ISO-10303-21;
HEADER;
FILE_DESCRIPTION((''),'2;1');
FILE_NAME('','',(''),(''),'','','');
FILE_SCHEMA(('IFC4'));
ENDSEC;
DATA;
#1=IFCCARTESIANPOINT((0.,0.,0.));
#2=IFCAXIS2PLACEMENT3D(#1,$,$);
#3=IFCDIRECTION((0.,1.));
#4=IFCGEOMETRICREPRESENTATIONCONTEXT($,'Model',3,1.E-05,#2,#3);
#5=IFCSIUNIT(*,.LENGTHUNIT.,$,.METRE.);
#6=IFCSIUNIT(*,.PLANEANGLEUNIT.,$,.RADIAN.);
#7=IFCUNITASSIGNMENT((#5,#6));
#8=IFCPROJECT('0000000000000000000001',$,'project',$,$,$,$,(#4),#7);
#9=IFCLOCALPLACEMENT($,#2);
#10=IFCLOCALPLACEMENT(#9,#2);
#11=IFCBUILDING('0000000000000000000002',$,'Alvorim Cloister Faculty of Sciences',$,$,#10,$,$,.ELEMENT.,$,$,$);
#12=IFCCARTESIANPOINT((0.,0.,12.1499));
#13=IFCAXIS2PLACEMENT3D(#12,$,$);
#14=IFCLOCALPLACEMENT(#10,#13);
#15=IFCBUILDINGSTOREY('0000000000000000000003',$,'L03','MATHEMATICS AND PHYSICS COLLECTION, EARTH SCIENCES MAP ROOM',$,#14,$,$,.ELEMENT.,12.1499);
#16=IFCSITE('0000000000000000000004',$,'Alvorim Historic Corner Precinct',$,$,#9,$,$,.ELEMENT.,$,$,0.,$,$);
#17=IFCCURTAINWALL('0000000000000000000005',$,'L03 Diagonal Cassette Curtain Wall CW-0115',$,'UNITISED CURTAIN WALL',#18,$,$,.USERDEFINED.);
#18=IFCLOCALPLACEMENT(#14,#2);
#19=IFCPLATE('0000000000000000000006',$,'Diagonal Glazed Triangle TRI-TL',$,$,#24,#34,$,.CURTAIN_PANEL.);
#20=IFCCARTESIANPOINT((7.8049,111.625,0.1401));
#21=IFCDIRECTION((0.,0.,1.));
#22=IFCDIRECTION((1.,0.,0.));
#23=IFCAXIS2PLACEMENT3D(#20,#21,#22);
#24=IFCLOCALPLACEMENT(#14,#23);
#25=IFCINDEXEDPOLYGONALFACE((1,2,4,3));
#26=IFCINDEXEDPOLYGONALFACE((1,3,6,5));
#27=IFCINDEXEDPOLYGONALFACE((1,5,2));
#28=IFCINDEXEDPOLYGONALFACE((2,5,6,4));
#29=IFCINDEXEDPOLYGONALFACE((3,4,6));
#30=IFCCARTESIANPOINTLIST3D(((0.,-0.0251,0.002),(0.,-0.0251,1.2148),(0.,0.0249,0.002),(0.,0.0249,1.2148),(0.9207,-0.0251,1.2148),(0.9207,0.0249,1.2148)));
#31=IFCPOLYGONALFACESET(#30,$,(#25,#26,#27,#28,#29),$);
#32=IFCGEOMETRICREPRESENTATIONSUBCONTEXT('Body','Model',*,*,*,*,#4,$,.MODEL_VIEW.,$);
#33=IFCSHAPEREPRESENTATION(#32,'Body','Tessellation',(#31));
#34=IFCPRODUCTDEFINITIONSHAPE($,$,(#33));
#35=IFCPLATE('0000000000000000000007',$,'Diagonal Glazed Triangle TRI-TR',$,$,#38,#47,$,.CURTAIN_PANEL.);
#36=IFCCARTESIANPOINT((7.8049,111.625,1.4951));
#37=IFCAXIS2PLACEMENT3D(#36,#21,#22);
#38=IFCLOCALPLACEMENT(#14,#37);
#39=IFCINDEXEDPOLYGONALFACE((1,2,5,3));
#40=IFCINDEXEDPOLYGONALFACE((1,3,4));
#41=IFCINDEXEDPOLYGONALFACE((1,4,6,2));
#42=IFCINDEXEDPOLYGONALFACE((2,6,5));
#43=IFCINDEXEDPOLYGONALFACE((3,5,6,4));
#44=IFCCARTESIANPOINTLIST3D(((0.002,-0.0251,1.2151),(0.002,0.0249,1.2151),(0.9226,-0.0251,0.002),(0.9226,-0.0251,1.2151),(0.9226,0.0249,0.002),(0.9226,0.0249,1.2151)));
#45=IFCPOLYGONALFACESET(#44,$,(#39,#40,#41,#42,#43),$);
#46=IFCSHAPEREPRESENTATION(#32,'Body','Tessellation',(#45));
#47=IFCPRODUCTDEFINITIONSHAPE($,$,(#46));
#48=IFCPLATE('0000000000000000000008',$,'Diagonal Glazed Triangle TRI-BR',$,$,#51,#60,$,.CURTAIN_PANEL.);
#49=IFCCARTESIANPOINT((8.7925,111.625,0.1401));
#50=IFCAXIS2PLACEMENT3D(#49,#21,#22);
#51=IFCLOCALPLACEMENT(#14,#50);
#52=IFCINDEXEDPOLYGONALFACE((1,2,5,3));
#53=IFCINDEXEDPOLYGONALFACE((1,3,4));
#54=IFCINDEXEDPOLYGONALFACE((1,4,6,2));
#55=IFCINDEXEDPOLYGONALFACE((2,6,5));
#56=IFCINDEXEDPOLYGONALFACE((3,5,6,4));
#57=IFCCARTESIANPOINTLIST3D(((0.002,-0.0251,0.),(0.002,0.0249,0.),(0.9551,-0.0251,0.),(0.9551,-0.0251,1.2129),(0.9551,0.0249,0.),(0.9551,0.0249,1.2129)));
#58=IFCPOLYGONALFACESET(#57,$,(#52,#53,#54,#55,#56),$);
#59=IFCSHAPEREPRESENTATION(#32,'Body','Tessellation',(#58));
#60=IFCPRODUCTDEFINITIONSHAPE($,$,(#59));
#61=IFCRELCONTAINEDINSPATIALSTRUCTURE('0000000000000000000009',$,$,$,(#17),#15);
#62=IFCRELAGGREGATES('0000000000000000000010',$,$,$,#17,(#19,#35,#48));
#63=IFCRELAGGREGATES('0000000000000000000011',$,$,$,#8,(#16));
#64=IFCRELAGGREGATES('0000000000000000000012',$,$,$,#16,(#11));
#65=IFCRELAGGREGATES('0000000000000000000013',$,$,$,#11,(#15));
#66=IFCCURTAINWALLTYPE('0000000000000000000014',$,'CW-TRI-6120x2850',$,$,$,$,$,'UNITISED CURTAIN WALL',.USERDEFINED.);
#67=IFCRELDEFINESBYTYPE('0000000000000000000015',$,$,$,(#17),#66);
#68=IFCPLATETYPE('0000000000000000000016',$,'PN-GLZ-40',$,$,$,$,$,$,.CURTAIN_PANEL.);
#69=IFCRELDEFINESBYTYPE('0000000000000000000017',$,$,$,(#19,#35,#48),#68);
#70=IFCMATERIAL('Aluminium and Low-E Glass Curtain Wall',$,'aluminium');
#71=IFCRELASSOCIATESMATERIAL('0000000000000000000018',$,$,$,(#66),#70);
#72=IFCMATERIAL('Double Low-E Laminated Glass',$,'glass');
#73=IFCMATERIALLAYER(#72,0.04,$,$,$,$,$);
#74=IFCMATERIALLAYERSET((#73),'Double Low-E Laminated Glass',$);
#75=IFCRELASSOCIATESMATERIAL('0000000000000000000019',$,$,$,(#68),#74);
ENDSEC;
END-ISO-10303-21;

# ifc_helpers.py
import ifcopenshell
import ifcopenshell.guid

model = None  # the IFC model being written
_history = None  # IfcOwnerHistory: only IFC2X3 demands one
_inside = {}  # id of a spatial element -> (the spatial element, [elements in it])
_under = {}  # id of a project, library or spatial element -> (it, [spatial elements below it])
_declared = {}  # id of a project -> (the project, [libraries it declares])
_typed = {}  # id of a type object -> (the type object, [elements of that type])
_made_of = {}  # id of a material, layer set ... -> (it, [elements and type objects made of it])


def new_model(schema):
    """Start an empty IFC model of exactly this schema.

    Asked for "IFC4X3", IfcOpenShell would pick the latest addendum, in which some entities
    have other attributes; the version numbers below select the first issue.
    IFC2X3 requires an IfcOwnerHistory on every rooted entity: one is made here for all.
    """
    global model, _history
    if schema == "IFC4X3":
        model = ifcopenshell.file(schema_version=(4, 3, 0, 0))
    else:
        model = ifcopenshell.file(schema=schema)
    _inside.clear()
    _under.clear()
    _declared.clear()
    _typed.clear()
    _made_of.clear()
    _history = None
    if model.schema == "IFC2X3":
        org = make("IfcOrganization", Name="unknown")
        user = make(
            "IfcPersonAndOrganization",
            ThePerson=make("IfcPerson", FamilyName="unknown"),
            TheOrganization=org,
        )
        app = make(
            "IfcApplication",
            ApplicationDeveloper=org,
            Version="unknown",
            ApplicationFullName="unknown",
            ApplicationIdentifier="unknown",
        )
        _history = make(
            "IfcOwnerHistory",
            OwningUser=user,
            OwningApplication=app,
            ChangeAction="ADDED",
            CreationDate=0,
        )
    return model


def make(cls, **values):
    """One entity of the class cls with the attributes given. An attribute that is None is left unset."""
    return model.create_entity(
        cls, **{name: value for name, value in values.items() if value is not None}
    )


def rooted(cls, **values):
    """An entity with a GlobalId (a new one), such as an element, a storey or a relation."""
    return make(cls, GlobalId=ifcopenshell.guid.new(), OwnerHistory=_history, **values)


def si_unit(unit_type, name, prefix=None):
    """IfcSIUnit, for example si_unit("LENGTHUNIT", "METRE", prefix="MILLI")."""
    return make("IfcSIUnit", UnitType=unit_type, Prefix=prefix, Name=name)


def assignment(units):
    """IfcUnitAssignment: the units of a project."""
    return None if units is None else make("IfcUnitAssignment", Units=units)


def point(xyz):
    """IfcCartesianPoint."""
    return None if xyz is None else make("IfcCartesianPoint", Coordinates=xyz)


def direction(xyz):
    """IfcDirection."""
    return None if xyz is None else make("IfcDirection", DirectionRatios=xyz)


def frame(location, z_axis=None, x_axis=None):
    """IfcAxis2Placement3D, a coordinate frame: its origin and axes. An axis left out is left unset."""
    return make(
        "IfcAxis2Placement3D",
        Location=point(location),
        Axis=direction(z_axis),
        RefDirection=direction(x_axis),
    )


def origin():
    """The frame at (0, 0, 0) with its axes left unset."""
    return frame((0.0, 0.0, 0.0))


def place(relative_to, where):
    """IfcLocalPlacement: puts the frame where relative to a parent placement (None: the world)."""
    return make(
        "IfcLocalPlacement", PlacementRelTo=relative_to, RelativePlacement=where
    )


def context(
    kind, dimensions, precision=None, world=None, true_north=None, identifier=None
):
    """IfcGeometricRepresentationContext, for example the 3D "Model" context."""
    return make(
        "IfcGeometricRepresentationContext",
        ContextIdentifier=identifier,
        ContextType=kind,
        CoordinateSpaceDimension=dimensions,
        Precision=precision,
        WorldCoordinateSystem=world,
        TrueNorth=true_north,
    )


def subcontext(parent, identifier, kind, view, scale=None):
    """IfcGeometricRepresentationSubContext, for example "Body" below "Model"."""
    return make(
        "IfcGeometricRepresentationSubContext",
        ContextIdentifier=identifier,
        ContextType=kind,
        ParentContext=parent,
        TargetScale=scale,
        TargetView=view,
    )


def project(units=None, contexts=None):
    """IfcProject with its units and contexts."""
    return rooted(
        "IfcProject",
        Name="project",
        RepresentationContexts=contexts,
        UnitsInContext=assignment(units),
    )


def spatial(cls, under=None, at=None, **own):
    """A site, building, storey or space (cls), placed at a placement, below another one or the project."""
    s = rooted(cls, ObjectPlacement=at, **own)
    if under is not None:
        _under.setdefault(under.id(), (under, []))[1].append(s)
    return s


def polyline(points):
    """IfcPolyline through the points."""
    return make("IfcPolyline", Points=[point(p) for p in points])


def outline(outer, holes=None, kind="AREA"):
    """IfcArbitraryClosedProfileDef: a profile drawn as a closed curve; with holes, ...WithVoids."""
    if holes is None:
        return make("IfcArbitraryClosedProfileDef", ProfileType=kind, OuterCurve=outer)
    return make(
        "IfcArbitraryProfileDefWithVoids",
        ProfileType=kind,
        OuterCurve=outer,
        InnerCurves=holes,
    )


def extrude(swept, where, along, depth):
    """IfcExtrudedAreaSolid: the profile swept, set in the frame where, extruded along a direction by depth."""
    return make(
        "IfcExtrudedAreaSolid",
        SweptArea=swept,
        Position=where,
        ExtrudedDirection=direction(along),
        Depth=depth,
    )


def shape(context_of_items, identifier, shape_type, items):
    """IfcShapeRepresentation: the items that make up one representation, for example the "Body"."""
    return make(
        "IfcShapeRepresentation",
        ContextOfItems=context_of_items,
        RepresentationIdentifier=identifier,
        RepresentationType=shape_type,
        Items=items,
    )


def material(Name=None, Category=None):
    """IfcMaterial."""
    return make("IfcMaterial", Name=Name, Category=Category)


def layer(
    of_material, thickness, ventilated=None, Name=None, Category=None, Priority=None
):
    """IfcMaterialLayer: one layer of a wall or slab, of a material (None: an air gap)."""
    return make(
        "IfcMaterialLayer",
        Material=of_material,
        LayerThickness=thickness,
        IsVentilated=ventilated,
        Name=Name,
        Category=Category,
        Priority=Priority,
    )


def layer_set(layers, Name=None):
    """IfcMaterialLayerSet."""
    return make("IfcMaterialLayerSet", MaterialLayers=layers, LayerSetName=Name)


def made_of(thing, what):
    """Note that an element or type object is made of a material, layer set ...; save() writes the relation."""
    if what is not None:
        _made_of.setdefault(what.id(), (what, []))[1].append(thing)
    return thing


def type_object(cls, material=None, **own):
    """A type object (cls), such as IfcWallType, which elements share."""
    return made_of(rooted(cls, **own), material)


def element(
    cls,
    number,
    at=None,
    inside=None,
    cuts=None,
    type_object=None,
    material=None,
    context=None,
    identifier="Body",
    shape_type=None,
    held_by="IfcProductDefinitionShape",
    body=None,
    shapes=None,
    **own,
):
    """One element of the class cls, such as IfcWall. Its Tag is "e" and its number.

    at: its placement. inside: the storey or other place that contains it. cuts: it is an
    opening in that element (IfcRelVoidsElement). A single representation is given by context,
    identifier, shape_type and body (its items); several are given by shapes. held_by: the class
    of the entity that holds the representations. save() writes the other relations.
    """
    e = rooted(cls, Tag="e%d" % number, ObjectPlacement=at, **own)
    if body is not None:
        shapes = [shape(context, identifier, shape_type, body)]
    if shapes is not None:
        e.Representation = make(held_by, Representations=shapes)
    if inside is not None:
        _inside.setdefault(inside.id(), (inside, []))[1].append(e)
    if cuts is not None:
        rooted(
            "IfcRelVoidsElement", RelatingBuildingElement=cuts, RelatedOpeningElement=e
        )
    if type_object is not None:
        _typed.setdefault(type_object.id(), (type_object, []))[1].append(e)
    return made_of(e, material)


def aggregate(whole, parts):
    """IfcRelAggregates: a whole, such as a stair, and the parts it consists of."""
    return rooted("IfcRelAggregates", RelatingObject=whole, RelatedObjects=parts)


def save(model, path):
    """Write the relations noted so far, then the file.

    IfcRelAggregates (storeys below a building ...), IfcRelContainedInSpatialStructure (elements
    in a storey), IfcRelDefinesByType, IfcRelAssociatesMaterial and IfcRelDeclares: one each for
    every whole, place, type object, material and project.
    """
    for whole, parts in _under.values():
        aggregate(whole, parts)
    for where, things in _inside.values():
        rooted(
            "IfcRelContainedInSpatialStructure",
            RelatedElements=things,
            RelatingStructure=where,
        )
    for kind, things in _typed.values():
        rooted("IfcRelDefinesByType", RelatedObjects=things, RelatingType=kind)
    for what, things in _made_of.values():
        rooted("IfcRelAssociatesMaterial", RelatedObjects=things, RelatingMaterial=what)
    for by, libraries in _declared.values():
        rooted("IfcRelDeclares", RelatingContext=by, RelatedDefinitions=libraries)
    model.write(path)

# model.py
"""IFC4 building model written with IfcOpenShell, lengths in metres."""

from ifc_helpers import new_model, si_unit, direction, frame, origin, place, context, subcontext, project, spatial, polyline, outline, extrude, material, layer, layer_set, type_object, element, aggregate, save


model = new_model("IFC4")

# Units and contexts
model_context = context("Model", 3, precision=1e-05, world=origin(), true_north=direction((0.0, 1.0)))
body_context = subcontext(model_context, "Body", "Model", "MODEL_VIEW")
ifc_project = project(units=[si_unit("LENGTHUNIT", "METRE"), si_unit("PLANEANGLEUNIT", "RADIAN")], contexts=[model_context])

# Site, building, storey
site_placement = place(None, origin())
site = spatial("IfcSite", under=ifc_project, at=site_placement, Name="Alvorim Historic Corner Precinct", CompositionType="ELEMENT", RefElevation=0.0)
building_placement = place(site_placement, origin())
building = spatial("IfcBuilding", under=site, at=building_placement, Name="Alvorim Cloister Faculty of Sciences", CompositionType="ELEMENT")
storey_placement = place(building_placement, frame((0.0, 0.0, 12.1499)))
storey = spatial("IfcBuildingStorey", under=building, at=storey_placement, Name="L03", Description="MATHEMATICS AND PHYSICS COLLECTION, EARTH SCIENCES MAP ROOM", CompositionType="ELEMENT", Elevation=12.1499)

# Curtain wall, plates
ifc_material_1 = material(Name="Aluminium and Low-E Glass Curtain Wall", Category="aluminium")
curtain_wall_type = type_object("IfcCurtainWallType", Name="CW-TRI-6120x2850", ElementType="UNITISED CURTAIN WALL", PredefinedType="USERDEFINED", material=ifc_material_1)
curtain_wall_placement = place(storey_placement, origin())
curtain_wall = element("IfcCurtainWall", 1, at=curtain_wall_placement, inside=storey, type_object=curtain_wall_type, Name="L03 Diagonal Cassette Curtain Wall CW-0115", ObjectType="UNITISED CURTAIN WALL", PredefinedType="USERDEFINED")
ifc_material_2 = material(Name="Double Low-E Laminated Glass", Category="glass")
ifc_layer_1 = layer(ifc_material_2, 0.04)
ifc_layer_set_1 = layer_set([ifc_layer_1], Name="Double Low-E Laminated Glass")
plate_type = type_object("IfcPlateType", Name="PN-GLZ-40", PredefinedType="CURTAIN_PANEL", material=ifc_layer_set_1)
plate_1_placement = place(storey_placement, frame((7.8049, 111.625, 0.1401), z_axis=(0.0, 0.0, 1.0), x_axis=(1.0, 0.0, 0.0)))
plate_1 = element("IfcPlate", 2, at=plate_1_placement, type_object=plate_type, Name="Diagonal Glazed Triangle TRI-TL", PredefinedType="CURTAIN_PANEL", context=body_context, shape_type="SweptSolid", body=[
    extrude(outline(polyline([(0.9207, 1.2148), (0.0, 1.2148), (0.0, 0.002), (0.9207, 1.2148)])), frame((0.0, 0.0249, 0.0), z_axis=(0.0, -1.0, 0.0), x_axis=(1.0, 0.0, 0.0)), (0.0, 0.0, 1.0), 0.05),
])
plate_2_placement = place(storey_placement, frame((7.8049, 111.625, 1.4951), z_axis=(0.0, 0.0, 1.0), x_axis=(1.0, 0.0, 0.0)))
plate_2 = element("IfcPlate", 3, at=plate_2_placement, type_object=plate_type, Name="Diagonal Glazed Triangle TRI-TR", PredefinedType="CURTAIN_PANEL", context=body_context, shape_type="SweptSolid", body=[
    extrude(outline(polyline([(0.9226, 0.002), (0.9226, 1.2151), (0.002, 1.2151), (0.9226, 0.002)])), frame((0.0, 0.0249, 0.0), z_axis=(0.0, -1.0, 0.0), x_axis=(1.0, 0.0, 0.0)), (0.0, 0.0, 1.0), 0.05),
])
plate_3_placement = place(storey_placement, frame((8.7925, 111.625, 0.1401), z_axis=(0.0, 0.0, 1.0), x_axis=(1.0, 0.0, 0.0)))
plate_3 = element("IfcPlate", 4, at=plate_3_placement, type_object=plate_type, Name="Diagonal Glazed Triangle TRI-BR", PredefinedType="CURTAIN_PANEL", context=body_context, shape_type="SweptSolid", body=[
    extrude(outline(polyline([(0.002, 0.0), (0.9551, 0.0), (0.9551, 1.2129), (0.002, 0.0)])), frame((0.0, 0.0249, 0.0), z_axis=(0.0, -1.0, 0.0), x_axis=(1.0, 0.0, 0.0)), (0.0, 0.0, 1.0), 0.05),
])
aggregate(curtain_wall, [plate_1, plate_2, plate_3])

save(model, "model.ifc")
